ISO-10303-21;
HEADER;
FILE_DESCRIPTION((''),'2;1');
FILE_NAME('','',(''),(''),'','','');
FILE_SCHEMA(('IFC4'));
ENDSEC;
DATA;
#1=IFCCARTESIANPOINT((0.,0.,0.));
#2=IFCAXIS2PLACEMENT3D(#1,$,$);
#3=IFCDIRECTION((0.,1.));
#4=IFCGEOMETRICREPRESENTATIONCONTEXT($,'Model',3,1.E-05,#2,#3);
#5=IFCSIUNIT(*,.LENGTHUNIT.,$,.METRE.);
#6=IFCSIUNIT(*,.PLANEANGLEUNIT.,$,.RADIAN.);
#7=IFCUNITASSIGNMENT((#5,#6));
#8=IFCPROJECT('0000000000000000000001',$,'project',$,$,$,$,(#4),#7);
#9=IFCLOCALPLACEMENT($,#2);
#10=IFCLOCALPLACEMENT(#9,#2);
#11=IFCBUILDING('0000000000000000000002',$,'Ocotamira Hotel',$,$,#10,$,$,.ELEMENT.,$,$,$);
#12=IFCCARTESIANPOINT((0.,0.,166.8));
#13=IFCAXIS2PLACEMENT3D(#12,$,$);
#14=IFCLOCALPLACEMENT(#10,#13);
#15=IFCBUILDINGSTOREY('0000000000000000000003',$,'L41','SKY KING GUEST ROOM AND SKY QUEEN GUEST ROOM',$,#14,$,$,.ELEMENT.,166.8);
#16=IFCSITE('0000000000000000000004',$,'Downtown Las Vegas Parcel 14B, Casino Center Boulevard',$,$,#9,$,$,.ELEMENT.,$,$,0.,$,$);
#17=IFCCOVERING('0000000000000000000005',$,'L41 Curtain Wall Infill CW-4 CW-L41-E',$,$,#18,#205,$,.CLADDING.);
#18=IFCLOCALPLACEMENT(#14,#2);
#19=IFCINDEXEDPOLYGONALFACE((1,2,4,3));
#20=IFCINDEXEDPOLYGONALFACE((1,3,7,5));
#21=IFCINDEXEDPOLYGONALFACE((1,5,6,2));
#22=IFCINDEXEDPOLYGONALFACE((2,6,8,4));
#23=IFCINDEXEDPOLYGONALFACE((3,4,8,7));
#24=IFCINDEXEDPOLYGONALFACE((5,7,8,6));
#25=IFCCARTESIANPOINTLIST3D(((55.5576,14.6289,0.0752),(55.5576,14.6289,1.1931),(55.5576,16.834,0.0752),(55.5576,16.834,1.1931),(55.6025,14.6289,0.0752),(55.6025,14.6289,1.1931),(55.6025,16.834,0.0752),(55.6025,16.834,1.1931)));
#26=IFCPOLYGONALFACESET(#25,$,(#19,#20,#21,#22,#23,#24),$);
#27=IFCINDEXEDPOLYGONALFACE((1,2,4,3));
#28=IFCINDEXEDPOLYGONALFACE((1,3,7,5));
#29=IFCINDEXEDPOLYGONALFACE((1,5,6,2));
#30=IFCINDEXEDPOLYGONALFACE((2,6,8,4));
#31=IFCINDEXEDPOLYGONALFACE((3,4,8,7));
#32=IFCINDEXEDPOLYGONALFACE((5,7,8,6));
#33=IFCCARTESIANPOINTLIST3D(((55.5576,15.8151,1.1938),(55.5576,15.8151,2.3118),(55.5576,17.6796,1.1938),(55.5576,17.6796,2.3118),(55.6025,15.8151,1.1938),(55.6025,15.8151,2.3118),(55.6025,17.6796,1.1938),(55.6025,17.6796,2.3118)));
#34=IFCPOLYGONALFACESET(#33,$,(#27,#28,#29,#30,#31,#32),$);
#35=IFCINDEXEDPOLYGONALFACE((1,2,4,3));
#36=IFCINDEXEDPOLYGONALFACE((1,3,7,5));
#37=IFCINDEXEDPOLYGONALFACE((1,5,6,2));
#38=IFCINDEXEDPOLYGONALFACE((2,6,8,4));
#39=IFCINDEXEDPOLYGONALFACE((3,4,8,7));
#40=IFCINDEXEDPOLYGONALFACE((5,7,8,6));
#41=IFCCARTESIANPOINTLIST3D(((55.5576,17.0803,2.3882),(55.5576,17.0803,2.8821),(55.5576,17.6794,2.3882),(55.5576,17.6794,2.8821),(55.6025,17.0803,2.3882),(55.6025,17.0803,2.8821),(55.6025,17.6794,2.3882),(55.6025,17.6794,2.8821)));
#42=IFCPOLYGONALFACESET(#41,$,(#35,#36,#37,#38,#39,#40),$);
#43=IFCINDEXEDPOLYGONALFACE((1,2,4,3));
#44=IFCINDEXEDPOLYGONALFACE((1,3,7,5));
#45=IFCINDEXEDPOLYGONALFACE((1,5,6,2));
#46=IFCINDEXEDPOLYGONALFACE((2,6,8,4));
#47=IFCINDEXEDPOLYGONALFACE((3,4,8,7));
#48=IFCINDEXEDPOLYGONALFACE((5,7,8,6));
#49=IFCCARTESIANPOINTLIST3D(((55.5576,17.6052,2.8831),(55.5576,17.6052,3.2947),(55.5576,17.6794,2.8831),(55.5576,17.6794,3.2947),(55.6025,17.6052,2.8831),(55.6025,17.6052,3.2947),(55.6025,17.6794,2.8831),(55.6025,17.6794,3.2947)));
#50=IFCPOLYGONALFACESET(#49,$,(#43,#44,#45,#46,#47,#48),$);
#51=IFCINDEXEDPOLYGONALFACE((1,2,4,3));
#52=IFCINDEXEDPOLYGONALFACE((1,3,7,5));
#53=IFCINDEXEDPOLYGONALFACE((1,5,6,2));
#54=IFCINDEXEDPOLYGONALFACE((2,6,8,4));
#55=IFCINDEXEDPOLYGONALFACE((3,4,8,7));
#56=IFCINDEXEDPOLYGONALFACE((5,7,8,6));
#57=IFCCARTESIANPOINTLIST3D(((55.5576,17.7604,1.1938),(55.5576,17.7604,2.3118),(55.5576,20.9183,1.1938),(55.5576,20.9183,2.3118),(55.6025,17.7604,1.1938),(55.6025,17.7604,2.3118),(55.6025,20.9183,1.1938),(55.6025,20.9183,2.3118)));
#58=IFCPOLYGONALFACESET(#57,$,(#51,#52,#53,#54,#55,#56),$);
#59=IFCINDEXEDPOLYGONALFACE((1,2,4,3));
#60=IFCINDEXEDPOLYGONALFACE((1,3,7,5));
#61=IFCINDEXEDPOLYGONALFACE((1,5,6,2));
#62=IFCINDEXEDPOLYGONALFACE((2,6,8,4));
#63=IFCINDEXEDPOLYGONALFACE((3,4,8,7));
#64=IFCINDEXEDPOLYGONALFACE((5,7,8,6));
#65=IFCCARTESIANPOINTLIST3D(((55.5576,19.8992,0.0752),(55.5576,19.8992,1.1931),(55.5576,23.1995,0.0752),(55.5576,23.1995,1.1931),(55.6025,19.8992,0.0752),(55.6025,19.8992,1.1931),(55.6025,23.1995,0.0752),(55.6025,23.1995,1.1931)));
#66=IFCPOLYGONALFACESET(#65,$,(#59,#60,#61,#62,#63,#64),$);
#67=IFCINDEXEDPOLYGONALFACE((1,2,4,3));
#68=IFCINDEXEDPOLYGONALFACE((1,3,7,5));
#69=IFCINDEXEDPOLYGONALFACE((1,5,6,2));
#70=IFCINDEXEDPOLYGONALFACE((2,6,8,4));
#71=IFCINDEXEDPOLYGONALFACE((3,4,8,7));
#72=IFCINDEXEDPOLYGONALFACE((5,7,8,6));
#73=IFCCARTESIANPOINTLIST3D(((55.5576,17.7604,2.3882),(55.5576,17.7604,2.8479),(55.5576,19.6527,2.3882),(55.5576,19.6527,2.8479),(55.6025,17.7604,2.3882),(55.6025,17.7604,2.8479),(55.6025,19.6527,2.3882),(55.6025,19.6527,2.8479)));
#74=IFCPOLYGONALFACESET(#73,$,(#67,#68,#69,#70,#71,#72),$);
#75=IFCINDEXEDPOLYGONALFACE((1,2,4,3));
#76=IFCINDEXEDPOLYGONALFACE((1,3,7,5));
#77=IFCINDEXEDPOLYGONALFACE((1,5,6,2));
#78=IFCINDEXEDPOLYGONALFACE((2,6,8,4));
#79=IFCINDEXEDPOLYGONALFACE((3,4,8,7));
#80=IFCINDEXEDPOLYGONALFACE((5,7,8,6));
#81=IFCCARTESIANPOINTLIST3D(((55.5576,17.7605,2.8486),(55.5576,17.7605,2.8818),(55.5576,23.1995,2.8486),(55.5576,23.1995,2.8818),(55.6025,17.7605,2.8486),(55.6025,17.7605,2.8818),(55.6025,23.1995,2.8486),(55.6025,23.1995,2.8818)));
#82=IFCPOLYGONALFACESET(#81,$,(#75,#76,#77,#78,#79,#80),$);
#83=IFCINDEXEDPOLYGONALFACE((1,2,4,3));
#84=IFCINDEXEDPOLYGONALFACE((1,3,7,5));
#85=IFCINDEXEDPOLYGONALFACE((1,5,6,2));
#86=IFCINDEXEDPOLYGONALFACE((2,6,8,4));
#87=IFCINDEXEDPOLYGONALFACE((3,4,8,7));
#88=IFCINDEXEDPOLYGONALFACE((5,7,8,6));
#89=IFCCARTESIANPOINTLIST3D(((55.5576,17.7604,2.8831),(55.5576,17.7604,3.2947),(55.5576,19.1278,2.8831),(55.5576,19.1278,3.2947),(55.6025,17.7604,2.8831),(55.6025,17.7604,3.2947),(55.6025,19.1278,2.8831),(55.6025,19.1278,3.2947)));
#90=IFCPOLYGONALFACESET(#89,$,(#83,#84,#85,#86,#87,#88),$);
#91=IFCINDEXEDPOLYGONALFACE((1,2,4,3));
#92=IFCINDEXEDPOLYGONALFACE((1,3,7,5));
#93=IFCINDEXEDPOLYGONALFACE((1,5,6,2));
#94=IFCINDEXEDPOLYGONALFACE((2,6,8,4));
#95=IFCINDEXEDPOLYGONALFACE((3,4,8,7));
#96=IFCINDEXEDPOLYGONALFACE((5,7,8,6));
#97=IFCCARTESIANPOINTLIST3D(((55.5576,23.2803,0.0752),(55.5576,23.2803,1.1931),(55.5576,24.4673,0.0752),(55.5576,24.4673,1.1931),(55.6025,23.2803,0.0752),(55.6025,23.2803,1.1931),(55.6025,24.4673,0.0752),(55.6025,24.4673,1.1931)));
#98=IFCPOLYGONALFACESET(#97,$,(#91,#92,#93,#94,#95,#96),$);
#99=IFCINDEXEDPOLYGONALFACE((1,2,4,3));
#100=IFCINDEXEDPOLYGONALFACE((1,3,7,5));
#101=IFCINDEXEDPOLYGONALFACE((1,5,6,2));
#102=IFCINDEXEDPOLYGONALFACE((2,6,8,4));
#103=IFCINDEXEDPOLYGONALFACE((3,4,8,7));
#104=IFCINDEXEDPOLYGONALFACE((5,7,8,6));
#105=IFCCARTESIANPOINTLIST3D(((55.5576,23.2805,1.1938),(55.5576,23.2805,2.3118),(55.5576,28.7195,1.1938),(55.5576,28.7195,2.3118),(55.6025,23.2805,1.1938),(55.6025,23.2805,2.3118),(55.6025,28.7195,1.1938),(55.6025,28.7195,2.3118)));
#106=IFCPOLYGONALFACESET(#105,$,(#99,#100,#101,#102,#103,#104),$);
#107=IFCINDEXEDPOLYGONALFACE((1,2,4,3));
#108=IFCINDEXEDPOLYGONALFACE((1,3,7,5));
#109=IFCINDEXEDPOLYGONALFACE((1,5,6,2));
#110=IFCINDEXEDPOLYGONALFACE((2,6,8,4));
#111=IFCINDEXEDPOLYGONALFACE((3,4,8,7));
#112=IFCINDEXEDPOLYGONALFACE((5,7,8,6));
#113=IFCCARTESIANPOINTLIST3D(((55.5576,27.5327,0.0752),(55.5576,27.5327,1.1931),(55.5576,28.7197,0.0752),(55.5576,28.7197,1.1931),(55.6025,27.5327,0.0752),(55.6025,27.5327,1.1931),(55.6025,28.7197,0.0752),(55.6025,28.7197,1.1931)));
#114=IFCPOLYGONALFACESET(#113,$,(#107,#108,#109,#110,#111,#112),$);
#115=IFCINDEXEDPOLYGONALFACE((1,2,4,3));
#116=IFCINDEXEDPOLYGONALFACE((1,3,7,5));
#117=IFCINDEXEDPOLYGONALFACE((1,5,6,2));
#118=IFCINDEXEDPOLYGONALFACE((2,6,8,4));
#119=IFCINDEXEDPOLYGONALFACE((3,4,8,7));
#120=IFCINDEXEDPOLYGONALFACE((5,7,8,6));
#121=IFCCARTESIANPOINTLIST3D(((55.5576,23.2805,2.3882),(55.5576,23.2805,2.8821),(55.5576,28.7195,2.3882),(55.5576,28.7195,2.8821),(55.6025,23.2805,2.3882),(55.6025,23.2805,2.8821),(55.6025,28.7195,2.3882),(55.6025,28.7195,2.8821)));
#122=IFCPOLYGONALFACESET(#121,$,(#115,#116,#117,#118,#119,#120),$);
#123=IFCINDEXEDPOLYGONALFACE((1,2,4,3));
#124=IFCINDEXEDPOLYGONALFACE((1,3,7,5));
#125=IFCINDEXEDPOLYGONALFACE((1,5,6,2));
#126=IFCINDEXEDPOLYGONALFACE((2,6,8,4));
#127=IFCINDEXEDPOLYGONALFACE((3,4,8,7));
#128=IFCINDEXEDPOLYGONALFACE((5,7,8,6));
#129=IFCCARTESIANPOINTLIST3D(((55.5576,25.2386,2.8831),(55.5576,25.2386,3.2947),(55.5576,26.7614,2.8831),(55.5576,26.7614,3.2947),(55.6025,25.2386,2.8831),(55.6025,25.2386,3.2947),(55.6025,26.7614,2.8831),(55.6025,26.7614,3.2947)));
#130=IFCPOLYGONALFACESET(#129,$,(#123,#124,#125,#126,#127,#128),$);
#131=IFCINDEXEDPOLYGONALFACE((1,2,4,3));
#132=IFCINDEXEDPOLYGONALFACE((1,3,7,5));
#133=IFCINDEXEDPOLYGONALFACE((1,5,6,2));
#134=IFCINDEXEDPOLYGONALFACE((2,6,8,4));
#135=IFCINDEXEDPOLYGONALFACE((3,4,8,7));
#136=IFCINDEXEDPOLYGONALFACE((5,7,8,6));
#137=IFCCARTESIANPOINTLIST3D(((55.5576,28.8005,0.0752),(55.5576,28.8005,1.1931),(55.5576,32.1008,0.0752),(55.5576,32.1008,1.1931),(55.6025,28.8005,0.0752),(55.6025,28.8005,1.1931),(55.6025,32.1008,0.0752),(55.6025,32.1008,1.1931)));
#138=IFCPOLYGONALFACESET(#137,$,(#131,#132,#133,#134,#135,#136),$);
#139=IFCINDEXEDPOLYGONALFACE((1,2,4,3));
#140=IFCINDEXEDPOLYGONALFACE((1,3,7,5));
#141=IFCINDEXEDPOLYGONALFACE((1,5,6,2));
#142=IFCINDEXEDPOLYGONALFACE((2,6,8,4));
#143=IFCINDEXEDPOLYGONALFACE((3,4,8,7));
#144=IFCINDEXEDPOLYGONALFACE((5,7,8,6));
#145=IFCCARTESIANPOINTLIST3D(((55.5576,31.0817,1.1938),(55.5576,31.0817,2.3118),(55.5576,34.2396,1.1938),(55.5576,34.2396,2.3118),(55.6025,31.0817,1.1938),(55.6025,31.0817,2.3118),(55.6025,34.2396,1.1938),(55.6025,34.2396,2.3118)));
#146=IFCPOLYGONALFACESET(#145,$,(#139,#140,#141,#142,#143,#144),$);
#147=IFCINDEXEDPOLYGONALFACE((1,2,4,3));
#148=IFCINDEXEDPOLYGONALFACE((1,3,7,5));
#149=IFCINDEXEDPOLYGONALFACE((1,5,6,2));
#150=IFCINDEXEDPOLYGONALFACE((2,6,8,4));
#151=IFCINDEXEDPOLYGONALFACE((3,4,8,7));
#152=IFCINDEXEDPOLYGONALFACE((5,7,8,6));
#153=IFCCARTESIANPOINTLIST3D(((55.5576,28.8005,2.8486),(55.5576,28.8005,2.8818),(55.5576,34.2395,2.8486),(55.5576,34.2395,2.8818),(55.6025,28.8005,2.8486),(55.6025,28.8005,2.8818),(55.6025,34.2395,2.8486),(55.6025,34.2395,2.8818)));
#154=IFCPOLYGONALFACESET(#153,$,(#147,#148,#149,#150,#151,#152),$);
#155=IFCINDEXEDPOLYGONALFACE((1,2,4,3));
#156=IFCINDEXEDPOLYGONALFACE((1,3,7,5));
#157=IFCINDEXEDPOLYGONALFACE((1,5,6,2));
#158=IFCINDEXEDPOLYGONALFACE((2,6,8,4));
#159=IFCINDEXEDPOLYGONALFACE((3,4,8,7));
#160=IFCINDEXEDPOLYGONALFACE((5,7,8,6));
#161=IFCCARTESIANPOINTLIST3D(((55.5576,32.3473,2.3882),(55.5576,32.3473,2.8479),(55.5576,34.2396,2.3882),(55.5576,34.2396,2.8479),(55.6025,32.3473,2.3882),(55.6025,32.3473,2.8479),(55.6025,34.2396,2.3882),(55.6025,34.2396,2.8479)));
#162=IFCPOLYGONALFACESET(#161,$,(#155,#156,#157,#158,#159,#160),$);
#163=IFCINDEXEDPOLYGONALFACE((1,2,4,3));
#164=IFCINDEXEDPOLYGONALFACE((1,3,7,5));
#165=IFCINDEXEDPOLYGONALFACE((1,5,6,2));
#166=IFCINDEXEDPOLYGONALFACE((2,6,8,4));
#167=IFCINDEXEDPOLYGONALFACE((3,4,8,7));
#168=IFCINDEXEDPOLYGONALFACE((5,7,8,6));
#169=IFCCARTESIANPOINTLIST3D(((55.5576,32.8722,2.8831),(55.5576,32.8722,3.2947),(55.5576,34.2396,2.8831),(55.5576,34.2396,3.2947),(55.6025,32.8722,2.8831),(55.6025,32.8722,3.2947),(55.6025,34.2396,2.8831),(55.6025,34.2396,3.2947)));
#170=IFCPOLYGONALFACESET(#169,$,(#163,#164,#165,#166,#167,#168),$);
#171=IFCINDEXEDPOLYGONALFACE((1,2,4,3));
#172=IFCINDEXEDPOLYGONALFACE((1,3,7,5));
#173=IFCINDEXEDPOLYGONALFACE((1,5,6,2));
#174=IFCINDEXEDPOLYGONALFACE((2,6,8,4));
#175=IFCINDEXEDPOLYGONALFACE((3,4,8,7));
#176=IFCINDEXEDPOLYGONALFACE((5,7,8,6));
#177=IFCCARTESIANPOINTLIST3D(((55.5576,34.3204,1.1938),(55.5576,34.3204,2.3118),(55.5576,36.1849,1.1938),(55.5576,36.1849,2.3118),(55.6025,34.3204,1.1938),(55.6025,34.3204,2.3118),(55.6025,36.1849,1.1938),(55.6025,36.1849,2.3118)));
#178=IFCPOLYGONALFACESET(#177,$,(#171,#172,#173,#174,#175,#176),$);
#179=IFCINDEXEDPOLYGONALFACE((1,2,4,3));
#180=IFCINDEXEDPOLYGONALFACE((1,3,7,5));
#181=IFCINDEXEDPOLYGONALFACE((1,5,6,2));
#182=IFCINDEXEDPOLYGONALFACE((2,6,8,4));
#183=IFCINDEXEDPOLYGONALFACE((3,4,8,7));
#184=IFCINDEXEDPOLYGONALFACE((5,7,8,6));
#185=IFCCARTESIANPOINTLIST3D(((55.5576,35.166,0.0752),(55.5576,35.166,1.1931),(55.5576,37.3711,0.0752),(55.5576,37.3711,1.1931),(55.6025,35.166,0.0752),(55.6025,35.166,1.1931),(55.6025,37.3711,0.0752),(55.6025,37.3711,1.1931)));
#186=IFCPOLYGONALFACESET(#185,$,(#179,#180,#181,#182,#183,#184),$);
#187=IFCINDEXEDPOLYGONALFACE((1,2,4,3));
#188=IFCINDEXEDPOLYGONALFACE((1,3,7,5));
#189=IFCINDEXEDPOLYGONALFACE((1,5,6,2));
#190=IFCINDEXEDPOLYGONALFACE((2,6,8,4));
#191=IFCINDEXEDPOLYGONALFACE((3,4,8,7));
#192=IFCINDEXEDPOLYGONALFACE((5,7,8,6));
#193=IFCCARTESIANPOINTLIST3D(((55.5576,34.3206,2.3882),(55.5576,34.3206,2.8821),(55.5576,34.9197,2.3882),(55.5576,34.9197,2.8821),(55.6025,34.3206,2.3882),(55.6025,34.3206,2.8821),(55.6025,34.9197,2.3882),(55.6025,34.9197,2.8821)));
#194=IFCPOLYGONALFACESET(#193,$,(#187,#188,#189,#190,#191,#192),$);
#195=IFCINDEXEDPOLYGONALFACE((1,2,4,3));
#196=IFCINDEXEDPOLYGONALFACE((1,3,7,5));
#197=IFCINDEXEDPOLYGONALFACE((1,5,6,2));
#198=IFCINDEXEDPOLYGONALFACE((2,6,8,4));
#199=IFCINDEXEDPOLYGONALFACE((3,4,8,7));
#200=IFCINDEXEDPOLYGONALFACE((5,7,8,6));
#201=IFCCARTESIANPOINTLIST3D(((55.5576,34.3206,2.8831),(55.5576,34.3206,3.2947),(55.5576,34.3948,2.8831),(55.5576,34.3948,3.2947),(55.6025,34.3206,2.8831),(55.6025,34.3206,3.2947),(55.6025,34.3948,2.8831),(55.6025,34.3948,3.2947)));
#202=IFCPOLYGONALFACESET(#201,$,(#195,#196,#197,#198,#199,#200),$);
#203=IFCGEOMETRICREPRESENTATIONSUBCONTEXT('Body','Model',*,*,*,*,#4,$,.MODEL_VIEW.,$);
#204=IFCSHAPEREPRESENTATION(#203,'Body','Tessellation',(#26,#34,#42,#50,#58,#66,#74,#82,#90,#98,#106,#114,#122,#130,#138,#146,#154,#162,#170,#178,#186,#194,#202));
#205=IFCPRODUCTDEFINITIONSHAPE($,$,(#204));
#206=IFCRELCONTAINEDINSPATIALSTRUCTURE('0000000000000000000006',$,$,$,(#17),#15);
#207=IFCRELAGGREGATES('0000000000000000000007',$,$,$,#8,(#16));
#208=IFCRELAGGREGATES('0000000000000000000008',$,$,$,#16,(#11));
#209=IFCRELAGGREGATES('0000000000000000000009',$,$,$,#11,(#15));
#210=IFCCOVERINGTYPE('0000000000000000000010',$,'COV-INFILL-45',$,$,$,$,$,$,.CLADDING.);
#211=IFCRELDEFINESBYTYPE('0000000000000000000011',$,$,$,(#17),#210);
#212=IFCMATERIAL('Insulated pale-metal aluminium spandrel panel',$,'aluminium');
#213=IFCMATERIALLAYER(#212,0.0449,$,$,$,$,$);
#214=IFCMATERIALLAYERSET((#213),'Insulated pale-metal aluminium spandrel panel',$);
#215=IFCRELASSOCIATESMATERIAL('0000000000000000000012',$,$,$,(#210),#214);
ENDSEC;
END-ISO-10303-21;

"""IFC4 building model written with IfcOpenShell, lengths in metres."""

from ifc_helpers import new_model, si_unit, direction, frame, origin, origin_2d, place, context, subcontext, project, spatial, rectangle, extrude, material, layer, layer_set, type_object, element, save


model = new_model("IFC4")

# Units and contexts
model_context = context("Model", 3, precision=1e-05, world=origin(), true_north=direction((0.0, 1.0)))
body_context = subcontext(model_context, "Body", "Model", "MODEL_VIEW")
ifc_project = project(units=[si_unit("LENGTHUNIT", "METRE"), si_unit("PLANEANGLEUNIT", "RADIAN")], contexts=[model_context])

# Site, building, storey
site_placement = place(None, origin())
site = spatial("IfcSite", under=ifc_project, at=site_placement, Name="Downtown Las Vegas Parcel 14B, Casino Center Boulevard", CompositionType="ELEMENT", RefElevation=0.0)
building_placement = place(site_placement, origin())
building = spatial("IfcBuilding", under=site, at=building_placement, Name="Ocotamira Hotel", CompositionType="ELEMENT")
storey_placement = place(building_placement, frame((0.0, 0.0, 166.8)))
storey = spatial("IfcBuildingStorey", under=building, at=storey_placement, Name="L41", Description="SKY KING GUEST ROOM AND SKY QUEEN GUEST ROOM", CompositionType="ELEMENT", Elevation=166.8)

# Covering
ifc_material_1 = material(Name="Insulated pale-metal aluminium spandrel panel", Category="aluminium")
ifc_layer_1 = layer(ifc_material_1, 0.0449)
ifc_layer_set_1 = layer_set([ifc_layer_1], Name="Insulated pale-metal aluminium spandrel panel")
covering_type_1 = type_object("IfcCoveringType", Name="COV-INFILL-45", PredefinedType="CLADDING", material=ifc_layer_set_1)
covering_1_placement = place(storey_placement, origin())
element("IfcCovering", 1, at=covering_1_placement, inside=storey, type_object=covering_type_1, Name="L41 Curtain Wall Infill CW-4 CW-L41-E", PredefinedType="CLADDING", context=body_context, shape_type="SweptSolid", body=[
    extrude(rectangle(XDim=2.2051, YDim=0.0449, at=origin_2d()), frame((55.5801, 15.7314, 0.0752), z_axis=(0.0, 0.0, 1.0), x_axis=(0.0, 1.0, 0.0)), (0.0, 0.0, 1.0), 1.1179),
    extrude(rectangle(XDim=1.8645, YDim=0.0449, at=origin_2d()), frame((55.5801, 16.7473, 1.1938), z_axis=(0.0, 0.0, 1.0), x_axis=(0.0, 1.0, 0.0)), (0.0, 0.0, 1.0), 1.1179),
    extrude(rectangle(XDim=0.5991, YDim=0.0449, at=origin_2d()), frame((55.5801, 17.3799, 2.3882), z_axis=(0.0, 0.0, 1.0), x_axis=(0.0, 1.0, 0.0)), (0.0, 0.0, 1.0), 0.4939),
    extrude(rectangle(XDim=0.0742, YDim=0.0449, at=origin_2d()), frame((55.5801, 17.6423, 2.8831), z_axis=(0.0, 0.0, 1.0), x_axis=(0.0, 1.0, 0.0)), (0.0, 0.0, 1.0), 0.4116),
    extrude(rectangle(XDim=3.158, YDim=0.0449, at=origin_2d()), frame((55.5801, 19.3394, 1.1938), z_axis=(0.0, 0.0, 1.0), x_axis=(0.0, 1.0, 0.0)), (0.0, 0.0, 1.0), 1.1179),
    extrude(rectangle(XDim=3.3003, YDim=0.0449, at=origin_2d()), frame((55.5801, 21.5493, 0.0752), z_axis=(0.0, 0.0, 1.0), x_axis=(0.0, 1.0, 0.0)), (0.0, 0.0, 1.0), 1.1179),
    extrude(rectangle(XDim=1.8923, YDim=0.0449, at=origin_2d()), frame((55.5801, 18.7065, 2.3882), z_axis=(0.0, 0.0, 1.0), x_axis=(0.0, 1.0, 0.0)), (0.0, 0.0, 1.0), 0.4597),
    extrude(rectangle(XDim=5.439, YDim=0.0449, at=origin_2d()), frame((55.5801, 20.48, 2.8486), z_axis=(0.0, 0.0, 1.0), x_axis=(0.0, 1.0, 0.0)), (0.0, 0.0, 1.0), 0.0332),
    extrude(rectangle(XDim=1.3674, YDim=0.0449, at=origin_2d()), frame((55.5801, 18.4441, 2.8831), z_axis=(0.0, 0.0, 1.0), x_axis=(0.0, 1.0, 0.0)), (0.0, 0.0, 1.0), 0.4116),
    extrude(rectangle(XDim=1.187, YDim=0.0449, at=origin_2d()), frame((55.5801, 23.8738, 0.0752), z_axis=(0.0, 0.0, 1.0), x_axis=(0.0, 1.0, 0.0)), (0.0, 0.0, 1.0), 1.1179),
    extrude(rectangle(XDim=5.439, YDim=0.0449, at=origin_2d()), frame((55.5801, 26.0, 1.1938), z_axis=(0.0, 0.0, 1.0), x_axis=(0.0, 1.0, 0.0)), (0.0, 0.0, 1.0), 1.1179),
    extrude(rectangle(XDim=1.187, YDim=0.0449, at=origin_2d()), frame((55.5801, 28.1262, 0.0752), z_axis=(0.0, 0.0, 1.0), x_axis=(0.0, 1.0, 0.0)), (0.0, 0.0, 1.0), 1.1179),
    extrude(rectangle(XDim=5.439, YDim=0.0449, at=origin_2d()), frame((55.5801, 26.0, 2.3882), z_axis=(0.0, 0.0, 1.0), x_axis=(0.0, 1.0, 0.0)), (0.0, 0.0, 1.0), 0.4939),
    extrude(rectangle(XDim=1.5227, YDim=0.0449, at=origin_2d()), frame((55.5801, 26.0, 2.8831), z_axis=(0.0, 0.0, 1.0), x_axis=(0.0, 1.0, 0.0)), (0.0, 0.0, 1.0), 0.4116),
    extrude(rectangle(XDim=3.3003, YDim=0.0449, at=origin_2d()), frame((55.5801, 30.4507, 0.0752), z_axis=(0.0, 0.0, 1.0), x_axis=(0.0, 1.0, 0.0)), (0.0, 0.0, 1.0), 1.1179),
    extrude(rectangle(XDim=3.158, YDim=0.0449, at=origin_2d()), frame((55.5801, 32.6606, 1.1938), z_axis=(0.0, 0.0, 1.0), x_axis=(0.0, 1.0, 0.0)), (0.0, 0.0, 1.0), 1.1179),
    extrude(rectangle(XDim=5.439, YDim=0.0449, at=origin_2d()), frame((55.5801, 31.52, 2.8486), z_axis=(0.0, 0.0, 1.0), x_axis=(0.0, 1.0, 0.0)), (0.0, 0.0, 1.0), 0.0332),
    extrude(rectangle(XDim=1.8923, YDim=0.0449, at=origin_2d()), frame((55.5801, 33.2935, 2.3882), z_axis=(0.0, 0.0, 1.0), x_axis=(0.0, 1.0, 0.0)), (0.0, 0.0, 1.0), 0.4597),
    extrude(rectangle(XDim=1.3674, YDim=0.0449, at=origin_2d()), frame((55.5801, 33.5559, 2.8831), z_axis=(0.0, 0.0, 1.0), x_axis=(0.0, 1.0, 0.0)), (0.0, 0.0, 1.0), 0.4116),
    extrude(rectangle(XDim=1.8645, YDim=0.0449, at=origin_2d()), frame((55.5801, 35.2527, 1.1938), z_axis=(0.0, 0.0, 1.0), x_axis=(0.0, 1.0, 0.0)), (0.0, 0.0, 1.0), 1.1179),
    extrude(rectangle(XDim=2.2051, YDim=0.0449, at=origin_2d()), frame((55.5801, 36.2686, 0.0752), z_axis=(0.0, 0.0, 1.0), x_axis=(0.0, 1.0, 0.0)), (0.0, 0.0, 1.0), 1.1179),
    extrude(rectangle(XDim=0.5991, YDim=0.0449, at=origin_2d()), frame((55.5801, 34.6201, 2.3882), z_axis=(0.0, 0.0, 1.0), x_axis=(0.0, 1.0, 0.0)), (0.0, 0.0, 1.0), 0.4939),
    extrude(rectangle(XDim=0.0742, YDim=0.0449, at=origin_2d()), frame((55.5801, 34.3577, 2.8831), z_axis=(0.0, 0.0, 1.0), x_axis=(0.0, 1.0, 0.0)), (0.0, 0.0, 1.0), 0.4116),
])

save(model, "model.ifc")
